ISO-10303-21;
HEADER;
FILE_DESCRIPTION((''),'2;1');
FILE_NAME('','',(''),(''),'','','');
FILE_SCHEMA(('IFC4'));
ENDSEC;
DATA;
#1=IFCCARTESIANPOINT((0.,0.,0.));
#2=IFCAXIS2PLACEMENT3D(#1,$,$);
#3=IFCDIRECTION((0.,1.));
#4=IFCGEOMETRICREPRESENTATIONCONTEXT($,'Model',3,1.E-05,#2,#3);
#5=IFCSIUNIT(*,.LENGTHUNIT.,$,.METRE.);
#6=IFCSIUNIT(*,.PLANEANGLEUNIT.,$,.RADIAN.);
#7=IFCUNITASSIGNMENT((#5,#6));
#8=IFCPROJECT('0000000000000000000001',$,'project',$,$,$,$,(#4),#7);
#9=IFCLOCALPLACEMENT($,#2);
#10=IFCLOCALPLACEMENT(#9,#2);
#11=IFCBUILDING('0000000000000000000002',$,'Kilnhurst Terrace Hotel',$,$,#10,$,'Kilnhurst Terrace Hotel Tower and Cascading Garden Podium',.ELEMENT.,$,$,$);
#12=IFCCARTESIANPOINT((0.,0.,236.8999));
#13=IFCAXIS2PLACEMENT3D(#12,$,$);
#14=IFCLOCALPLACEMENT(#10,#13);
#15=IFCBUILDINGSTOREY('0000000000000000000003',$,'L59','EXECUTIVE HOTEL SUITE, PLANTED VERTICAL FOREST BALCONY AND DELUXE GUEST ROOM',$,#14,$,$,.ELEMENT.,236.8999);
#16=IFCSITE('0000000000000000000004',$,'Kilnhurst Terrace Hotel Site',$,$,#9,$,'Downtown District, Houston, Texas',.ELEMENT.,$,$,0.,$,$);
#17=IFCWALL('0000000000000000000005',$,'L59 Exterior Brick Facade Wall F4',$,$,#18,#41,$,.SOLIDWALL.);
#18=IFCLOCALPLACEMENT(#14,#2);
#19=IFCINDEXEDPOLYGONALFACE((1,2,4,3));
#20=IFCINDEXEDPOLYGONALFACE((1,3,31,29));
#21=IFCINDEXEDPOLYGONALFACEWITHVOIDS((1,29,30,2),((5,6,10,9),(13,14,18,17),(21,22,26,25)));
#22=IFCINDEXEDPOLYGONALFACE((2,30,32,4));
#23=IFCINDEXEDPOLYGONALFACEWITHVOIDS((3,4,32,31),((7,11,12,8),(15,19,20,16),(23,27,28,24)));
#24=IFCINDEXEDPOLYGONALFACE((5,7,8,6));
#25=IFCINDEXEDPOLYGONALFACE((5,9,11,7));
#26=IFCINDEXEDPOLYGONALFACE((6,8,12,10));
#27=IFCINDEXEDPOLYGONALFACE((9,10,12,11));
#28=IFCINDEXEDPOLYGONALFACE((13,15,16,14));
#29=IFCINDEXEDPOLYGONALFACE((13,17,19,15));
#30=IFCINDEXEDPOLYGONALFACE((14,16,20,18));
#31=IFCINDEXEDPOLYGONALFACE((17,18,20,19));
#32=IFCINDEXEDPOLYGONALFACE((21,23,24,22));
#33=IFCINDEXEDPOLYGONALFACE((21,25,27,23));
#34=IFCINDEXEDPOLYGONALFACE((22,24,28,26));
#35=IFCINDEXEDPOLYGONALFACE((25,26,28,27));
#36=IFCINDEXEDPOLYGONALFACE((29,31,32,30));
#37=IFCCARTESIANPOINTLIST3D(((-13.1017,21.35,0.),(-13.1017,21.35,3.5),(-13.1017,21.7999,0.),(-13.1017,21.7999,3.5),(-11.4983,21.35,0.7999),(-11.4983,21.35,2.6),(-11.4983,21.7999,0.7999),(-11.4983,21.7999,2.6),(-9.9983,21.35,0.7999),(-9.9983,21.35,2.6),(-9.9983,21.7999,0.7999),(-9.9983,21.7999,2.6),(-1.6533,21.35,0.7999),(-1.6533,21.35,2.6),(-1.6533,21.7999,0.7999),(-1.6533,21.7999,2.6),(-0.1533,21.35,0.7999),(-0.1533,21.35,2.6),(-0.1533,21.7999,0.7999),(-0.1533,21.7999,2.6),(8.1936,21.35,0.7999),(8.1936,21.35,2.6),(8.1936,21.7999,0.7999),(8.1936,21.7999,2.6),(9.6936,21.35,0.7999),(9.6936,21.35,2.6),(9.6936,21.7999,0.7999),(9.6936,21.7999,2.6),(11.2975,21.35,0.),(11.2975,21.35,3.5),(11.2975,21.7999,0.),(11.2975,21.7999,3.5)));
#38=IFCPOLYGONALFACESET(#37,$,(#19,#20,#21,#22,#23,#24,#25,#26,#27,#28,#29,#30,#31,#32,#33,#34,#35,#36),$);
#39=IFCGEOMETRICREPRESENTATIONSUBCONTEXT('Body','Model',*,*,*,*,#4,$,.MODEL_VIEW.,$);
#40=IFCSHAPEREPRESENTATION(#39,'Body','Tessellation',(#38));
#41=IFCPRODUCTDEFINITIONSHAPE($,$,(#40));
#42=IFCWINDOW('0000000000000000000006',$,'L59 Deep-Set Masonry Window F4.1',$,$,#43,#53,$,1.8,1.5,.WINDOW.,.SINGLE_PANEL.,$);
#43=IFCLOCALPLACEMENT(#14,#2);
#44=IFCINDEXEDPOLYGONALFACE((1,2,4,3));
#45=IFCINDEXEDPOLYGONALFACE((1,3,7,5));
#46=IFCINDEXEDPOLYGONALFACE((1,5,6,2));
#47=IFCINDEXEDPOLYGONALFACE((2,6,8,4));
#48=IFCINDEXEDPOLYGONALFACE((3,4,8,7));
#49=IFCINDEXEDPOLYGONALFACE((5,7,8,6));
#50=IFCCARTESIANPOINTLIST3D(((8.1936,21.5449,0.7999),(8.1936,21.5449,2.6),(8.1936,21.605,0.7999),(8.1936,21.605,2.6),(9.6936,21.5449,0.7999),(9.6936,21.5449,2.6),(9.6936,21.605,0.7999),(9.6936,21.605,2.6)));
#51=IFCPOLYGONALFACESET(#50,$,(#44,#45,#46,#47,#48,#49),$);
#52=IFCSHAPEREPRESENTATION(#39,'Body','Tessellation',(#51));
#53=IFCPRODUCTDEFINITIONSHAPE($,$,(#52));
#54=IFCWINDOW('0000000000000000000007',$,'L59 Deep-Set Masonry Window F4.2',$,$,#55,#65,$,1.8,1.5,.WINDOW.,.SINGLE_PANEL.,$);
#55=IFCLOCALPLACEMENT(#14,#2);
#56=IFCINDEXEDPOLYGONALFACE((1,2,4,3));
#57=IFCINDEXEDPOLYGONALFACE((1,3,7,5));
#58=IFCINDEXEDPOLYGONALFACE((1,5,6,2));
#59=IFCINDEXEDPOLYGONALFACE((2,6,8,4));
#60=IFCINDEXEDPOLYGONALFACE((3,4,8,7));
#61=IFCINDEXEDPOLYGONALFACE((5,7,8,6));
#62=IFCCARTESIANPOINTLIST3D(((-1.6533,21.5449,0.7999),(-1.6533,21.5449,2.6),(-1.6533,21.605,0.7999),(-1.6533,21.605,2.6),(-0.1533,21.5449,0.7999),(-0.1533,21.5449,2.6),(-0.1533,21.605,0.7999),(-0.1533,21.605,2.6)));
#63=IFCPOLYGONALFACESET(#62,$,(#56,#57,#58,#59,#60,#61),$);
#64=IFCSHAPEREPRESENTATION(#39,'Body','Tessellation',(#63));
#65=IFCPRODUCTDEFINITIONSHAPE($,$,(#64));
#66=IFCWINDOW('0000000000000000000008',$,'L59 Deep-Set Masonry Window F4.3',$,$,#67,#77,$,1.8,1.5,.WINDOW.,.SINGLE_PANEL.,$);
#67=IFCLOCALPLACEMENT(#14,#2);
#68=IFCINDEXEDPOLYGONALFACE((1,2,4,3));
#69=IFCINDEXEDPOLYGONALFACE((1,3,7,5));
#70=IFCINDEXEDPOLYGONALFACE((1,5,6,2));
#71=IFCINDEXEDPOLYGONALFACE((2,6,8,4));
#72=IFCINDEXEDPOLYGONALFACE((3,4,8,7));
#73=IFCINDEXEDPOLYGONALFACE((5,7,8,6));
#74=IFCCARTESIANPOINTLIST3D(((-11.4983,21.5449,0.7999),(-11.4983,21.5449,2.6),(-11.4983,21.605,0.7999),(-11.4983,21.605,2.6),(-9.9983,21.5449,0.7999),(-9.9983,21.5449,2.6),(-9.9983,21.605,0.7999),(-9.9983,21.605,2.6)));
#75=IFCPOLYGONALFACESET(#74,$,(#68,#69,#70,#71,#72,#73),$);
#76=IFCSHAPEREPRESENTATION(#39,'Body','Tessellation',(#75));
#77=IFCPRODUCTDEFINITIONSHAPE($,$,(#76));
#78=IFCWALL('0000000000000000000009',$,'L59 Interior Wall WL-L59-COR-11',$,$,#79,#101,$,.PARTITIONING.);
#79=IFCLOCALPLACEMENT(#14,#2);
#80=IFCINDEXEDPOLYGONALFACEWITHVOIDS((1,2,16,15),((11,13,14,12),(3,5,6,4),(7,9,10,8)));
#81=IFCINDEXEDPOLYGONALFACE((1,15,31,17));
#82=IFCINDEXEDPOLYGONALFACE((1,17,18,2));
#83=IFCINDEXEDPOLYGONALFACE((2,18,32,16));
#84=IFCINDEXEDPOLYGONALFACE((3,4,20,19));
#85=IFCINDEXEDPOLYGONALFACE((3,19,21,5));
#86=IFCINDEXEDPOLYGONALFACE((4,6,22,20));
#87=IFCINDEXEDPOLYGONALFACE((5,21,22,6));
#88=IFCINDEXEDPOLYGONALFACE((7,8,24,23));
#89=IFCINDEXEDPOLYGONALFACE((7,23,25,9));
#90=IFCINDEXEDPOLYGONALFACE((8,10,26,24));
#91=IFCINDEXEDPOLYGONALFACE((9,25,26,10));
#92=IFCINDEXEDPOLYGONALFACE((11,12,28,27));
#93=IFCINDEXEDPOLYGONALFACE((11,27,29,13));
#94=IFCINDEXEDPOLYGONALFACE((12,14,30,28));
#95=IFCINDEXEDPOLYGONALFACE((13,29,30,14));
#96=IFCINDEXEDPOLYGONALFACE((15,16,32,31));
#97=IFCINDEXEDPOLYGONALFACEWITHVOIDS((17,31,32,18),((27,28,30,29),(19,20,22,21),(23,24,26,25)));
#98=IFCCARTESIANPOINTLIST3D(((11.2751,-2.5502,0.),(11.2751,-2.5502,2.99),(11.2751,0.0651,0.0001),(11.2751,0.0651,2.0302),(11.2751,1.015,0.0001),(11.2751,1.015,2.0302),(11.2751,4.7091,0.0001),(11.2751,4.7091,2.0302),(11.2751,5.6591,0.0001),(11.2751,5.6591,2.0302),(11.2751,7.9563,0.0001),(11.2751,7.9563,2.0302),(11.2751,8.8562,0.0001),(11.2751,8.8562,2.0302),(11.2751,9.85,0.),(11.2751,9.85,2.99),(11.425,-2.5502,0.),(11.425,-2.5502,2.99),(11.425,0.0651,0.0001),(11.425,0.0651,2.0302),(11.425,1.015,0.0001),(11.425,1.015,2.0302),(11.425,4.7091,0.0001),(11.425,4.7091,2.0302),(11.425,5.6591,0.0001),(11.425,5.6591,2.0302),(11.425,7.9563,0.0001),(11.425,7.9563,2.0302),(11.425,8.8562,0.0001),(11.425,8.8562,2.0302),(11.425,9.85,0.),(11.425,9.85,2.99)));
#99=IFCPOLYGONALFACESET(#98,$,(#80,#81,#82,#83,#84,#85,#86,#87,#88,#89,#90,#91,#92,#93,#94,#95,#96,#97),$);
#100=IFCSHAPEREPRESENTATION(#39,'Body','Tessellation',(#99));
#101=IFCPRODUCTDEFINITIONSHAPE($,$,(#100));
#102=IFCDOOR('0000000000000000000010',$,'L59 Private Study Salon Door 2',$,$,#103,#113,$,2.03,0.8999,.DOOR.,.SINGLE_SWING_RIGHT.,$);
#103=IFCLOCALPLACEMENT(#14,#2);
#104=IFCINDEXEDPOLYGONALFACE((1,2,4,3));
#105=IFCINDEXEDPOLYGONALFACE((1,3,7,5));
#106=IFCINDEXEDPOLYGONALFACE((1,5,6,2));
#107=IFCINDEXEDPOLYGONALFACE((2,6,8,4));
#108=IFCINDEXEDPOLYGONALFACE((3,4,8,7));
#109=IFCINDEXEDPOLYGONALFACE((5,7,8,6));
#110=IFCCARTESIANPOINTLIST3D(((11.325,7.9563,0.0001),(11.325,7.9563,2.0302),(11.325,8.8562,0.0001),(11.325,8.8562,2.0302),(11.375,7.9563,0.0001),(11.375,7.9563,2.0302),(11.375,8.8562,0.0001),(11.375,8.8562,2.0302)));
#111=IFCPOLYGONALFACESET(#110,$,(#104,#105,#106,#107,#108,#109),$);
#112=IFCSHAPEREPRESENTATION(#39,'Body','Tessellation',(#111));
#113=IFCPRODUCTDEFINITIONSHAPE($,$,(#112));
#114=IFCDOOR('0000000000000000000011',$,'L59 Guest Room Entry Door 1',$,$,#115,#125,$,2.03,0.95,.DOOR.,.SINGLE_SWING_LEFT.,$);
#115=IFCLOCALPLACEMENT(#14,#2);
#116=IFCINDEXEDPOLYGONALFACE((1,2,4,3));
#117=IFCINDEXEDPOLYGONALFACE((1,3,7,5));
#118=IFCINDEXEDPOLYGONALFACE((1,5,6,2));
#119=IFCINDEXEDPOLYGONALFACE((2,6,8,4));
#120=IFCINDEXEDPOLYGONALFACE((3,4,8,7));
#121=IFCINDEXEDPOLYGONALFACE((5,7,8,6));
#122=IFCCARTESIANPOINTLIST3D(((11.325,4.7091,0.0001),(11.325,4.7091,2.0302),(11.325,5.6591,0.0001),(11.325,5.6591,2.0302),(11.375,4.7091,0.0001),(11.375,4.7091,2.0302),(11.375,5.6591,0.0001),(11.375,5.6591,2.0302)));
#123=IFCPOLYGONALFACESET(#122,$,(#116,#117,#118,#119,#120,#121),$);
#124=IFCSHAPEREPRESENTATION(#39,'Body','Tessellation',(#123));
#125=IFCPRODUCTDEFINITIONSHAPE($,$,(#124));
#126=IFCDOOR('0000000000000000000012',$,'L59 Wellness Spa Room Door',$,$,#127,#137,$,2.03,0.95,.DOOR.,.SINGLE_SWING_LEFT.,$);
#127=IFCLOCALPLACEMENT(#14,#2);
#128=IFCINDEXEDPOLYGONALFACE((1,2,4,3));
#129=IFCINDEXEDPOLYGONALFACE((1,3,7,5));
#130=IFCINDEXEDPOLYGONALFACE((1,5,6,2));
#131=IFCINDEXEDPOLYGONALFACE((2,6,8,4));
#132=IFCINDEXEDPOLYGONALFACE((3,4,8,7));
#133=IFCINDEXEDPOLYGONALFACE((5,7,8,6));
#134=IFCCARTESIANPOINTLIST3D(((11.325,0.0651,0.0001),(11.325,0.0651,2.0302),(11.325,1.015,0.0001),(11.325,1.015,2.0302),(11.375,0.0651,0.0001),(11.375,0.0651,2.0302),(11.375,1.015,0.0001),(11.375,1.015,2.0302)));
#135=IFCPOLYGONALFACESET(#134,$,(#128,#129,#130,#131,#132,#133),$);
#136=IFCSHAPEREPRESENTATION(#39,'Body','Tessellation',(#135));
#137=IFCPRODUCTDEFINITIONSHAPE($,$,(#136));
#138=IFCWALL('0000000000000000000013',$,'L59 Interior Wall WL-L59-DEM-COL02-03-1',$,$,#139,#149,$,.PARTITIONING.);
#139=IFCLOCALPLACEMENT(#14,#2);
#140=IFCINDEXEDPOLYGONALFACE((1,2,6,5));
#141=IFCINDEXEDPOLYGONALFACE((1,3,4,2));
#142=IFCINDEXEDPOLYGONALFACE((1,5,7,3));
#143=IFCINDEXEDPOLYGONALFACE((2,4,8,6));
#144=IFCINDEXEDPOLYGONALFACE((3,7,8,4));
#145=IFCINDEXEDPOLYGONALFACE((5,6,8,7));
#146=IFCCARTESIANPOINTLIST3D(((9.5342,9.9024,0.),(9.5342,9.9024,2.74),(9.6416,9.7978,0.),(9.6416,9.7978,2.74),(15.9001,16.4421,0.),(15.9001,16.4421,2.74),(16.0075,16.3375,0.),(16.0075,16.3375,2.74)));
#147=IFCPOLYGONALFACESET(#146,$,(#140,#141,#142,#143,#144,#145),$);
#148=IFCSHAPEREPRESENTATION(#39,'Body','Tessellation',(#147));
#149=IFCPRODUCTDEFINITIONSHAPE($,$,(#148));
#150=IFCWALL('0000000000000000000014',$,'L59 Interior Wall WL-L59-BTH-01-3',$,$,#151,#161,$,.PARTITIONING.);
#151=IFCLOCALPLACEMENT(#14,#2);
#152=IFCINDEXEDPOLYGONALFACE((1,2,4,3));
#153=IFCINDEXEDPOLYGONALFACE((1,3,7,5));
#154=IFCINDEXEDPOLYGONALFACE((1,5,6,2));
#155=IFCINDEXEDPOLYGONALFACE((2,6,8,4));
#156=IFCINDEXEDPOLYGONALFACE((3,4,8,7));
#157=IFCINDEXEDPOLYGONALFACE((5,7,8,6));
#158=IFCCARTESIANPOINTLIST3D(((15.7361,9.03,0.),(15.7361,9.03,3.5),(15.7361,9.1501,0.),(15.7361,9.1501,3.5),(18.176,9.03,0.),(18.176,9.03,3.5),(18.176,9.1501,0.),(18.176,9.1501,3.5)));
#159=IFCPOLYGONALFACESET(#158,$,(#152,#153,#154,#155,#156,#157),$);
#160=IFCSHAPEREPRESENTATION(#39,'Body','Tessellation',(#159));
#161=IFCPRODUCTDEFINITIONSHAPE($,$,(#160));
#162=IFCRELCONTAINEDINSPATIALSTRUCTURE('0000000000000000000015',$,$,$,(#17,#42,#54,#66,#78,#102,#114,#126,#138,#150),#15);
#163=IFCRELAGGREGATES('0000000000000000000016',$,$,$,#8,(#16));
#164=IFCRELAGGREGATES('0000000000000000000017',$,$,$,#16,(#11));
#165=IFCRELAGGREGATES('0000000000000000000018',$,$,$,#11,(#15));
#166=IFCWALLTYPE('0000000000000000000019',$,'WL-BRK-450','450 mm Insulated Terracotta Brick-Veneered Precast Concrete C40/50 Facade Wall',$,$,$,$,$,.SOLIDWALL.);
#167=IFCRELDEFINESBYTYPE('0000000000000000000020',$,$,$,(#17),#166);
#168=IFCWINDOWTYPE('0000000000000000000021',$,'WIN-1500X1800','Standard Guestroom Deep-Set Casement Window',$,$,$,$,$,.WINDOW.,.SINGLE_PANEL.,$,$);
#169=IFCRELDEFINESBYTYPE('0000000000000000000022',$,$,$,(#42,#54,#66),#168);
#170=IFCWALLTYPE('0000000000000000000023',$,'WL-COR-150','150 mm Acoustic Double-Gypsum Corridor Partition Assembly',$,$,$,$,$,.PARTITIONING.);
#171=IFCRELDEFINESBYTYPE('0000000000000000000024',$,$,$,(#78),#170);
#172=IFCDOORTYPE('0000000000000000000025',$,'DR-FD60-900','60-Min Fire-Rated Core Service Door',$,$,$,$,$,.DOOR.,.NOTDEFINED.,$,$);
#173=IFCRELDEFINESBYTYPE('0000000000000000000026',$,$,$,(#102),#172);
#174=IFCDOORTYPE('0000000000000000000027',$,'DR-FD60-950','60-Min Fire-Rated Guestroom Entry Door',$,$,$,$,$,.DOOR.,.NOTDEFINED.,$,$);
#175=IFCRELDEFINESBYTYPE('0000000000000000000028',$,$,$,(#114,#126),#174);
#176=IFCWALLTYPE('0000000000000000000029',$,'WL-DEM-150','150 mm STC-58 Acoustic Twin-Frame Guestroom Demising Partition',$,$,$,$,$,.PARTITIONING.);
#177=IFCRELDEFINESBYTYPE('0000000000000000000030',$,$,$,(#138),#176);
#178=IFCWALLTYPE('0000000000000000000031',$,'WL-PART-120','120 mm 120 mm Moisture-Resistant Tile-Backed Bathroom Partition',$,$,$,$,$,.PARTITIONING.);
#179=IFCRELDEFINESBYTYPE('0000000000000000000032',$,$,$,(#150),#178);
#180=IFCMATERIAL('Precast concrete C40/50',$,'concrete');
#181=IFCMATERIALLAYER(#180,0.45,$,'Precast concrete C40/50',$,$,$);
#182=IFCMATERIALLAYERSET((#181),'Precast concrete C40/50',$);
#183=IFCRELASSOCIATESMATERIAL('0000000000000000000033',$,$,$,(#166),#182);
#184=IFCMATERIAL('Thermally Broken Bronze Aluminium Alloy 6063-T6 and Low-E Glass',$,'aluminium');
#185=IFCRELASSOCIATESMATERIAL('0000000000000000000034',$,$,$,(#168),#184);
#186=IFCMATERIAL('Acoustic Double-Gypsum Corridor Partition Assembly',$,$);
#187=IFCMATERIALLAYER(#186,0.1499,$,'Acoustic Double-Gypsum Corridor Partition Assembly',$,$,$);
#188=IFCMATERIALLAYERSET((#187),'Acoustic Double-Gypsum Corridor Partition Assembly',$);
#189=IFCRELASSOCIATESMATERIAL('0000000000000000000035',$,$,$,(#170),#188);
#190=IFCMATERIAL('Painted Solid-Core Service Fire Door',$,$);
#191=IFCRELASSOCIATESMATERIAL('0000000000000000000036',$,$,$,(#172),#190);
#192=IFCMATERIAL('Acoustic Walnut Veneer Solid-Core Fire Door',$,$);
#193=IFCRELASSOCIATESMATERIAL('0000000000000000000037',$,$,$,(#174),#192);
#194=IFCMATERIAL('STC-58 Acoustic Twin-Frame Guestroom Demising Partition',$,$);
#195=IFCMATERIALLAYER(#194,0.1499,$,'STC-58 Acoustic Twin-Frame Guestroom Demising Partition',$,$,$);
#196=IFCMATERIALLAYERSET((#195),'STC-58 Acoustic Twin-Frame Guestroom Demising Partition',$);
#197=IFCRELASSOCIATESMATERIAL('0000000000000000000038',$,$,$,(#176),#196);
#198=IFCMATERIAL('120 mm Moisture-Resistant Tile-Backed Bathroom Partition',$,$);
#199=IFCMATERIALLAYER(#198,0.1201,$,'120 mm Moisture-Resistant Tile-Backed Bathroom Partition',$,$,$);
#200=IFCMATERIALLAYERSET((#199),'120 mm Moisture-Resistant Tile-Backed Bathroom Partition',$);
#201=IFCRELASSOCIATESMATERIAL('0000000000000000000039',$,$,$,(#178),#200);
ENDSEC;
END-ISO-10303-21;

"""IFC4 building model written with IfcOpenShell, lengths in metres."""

from ifc_helpers import new_model, si_unit, direction, frame, frame_2d, origin, place, context, subcontext, project, spatial, rectangle, extrude, material, layer, layer_set, type_object, element, fill, save


model = new_model("IFC4")

# Units and contexts
model_context = context("Model", 3, precision=1e-05, world=origin(), true_north=direction((0.0, 1.0)))
body_context = subcontext(model_context, "Body", "Model", "MODEL_VIEW")
ifc_project = project(units=[si_unit("LENGTHUNIT", "METRE"), si_unit("PLANEANGLEUNIT", "RADIAN")], contexts=[model_context])

# Site, building, storey
site_placement = place(None, origin())
site = spatial("IfcSite", under=ifc_project, at=site_placement, Name="Kilnhurst Terrace Hotel Site", LongName="Downtown District, Houston, Texas", CompositionType="ELEMENT", RefElevation=0.0)
building_placement = place(site_placement, origin())
building = spatial("IfcBuilding", under=site, at=building_placement, Name="Kilnhurst Terrace Hotel", LongName="Kilnhurst Terrace Hotel Tower and Cascading Garden Podium", CompositionType="ELEMENT")
storey_placement = place(building_placement, frame((0.0, 0.0, 236.8999)))
storey = spatial("IfcBuildingStorey", under=building, at=storey_placement, Name="L59", Description="EXECUTIVE HOTEL SUITE, PLANTED VERTICAL FOREST BALCONY AND DELUXE GUEST ROOM", CompositionType="ELEMENT", Elevation=236.8999)

# Shared definitions
ifc_material_1 = material(Name="Precast concrete C40/50", Category="concrete")
ifc_layer_1 = layer(ifc_material_1, 0.45, Name="Precast concrete C40/50")
ifc_layer_set_1 = layer_set([ifc_layer_1], Name="Precast concrete C40/50")
wall_type_1 = type_object("IfcWallType", Name="WL-BRK-450", Description="450 mm Insulated Terracotta Brick-Veneered Precast Concrete C40/50 Facade Wall", PredefinedType="SOLIDWALL", material=ifc_layer_set_1)

# Wall, openings, windows
wall_1_placement = place(storey_placement, frame((11.2976, 21.575, 0.0), z_axis=(0.0, 0.0, 1.0), x_axis=(-1.0, 0.0, 0.0)))
wall_1 = element("IfcWall", 1, at=wall_1_placement, inside=storey, type_object=wall_type_1, Name="L59 Exterior Brick Facade Wall F4", PredefinedType="SOLIDWALL", context=body_context, shape_type="SweptSolid", body=[
    extrude(rectangle(XDim=24.3992, YDim=0.45, at=frame_2d((12.1997, 0.0))), origin(), (0.0, 0.0, 1.0), 3.5),
])
opening_1_placement = place(wall_1_placement, frame((1.604, 0.0, 0.8)))
opening_1 = element("IfcOpeningElement", 2, at=opening_1_placement, cuts=wall_1, PredefinedType="OPENING", context=body_context, shape_type="SweptSolid", body=[
    extrude(rectangle(XDim=1.5, YDim=1.8, at=frame_2d((0.75, 0.8999))), frame((0.0, 0.2349, 0.0), z_axis=(0.0, -1.0, 0.0), x_axis=(1.0, 0.0, 0.0)), (0.0, 0.0, 1.0), 0.47),
])
opening_2_placement = place(wall_1_placement, frame((11.4509, 0.0, 0.8)))
opening_2 = element("IfcOpeningElement", 3, at=opening_2_placement, cuts=wall_1, PredefinedType="OPENING", context=body_context, shape_type="SweptSolid", body=[
    extrude(rectangle(XDim=1.5, YDim=1.8, at=frame_2d((0.75, 0.8999))), frame((0.0, 0.2349, 0.0), z_axis=(0.0, -1.0, 0.0), x_axis=(1.0, 0.0, 0.0)), (0.0, 0.0, 1.0), 0.47),
])
opening_3_placement = place(wall_1_placement, frame((21.2959, 0.0, 0.8)))
opening_3 = element("IfcOpeningElement", 4, at=opening_3_placement, cuts=wall_1, PredefinedType="OPENING", context=body_context, shape_type="SweptSolid", body=[
    extrude(rectangle(XDim=1.5, YDim=1.8, at=frame_2d((0.75, 0.8999))), frame((0.0, 0.2349, 0.0), z_axis=(0.0, -1.0, 0.0), x_axis=(1.0, 0.0, 0.0)), (0.0, 0.0, 1.0), 0.47),
])
ifc_material_2 = material(Name="Thermally Broken Bronze Aluminium Alloy 6063-T6 and Low-E Glass", Category="aluminium")
window_type = type_object("IfcWindowType", Name="WIN-1500X1800", Description="Standard Guestroom Deep-Set Casement Window", PartitioningType="SINGLE_PANEL", PredefinedType="WINDOW", material=ifc_material_2)
window_1_placement = place(opening_1_placement, origin())
window_1 = element("IfcWindow", 5, at=window_1_placement, inside=storey, type_object=window_type, Name="L59 Deep-Set Masonry Window F4.1", OverallHeight=1.8, OverallWidth=1.5, PartitioningType="SINGLE_PANEL", PredefinedType="WINDOW", context=body_context, shape_type="SweptSolid", body=[
    extrude(rectangle(XDim=1.5, YDim=1.8, at=frame_2d((0.75, 0.8999))), frame((0.0, 0.03, 0.0), z_axis=(0.0, -1.0, 0.0), x_axis=(1.0, 0.0, 0.0)), (0.0, 0.0, 1.0), 0.0601),
])
fill(opening_1, window_1)
window_2_placement = place(opening_2_placement, origin())
window_2 = element("IfcWindow", 6, at=window_2_placement, inside=storey, type_object=window_type, Name="L59 Deep-Set Masonry Window F4.2", OverallHeight=1.8, OverallWidth=1.5, PartitioningType="SINGLE_PANEL", PredefinedType="WINDOW", context=body_context, shape_type="SweptSolid", body=[
    extrude(rectangle(XDim=1.5, YDim=1.8, at=frame_2d((0.75, 0.8999))), frame((0.0, 0.03, 0.0), z_axis=(0.0, -1.0, 0.0), x_axis=(1.0, 0.0, 0.0)), (0.0, 0.0, 1.0), 0.0601),
])
fill(opening_2, window_2)
window_3_placement = place(opening_3_placement, origin())
window_3 = element("IfcWindow", 7, at=window_3_placement, inside=storey, type_object=window_type, Name="L59 Deep-Set Masonry Window F4.3", OverallHeight=1.8, OverallWidth=1.5, PartitioningType="SINGLE_PANEL", PredefinedType="WINDOW", context=body_context, shape_type="SweptSolid", body=[
    extrude(rectangle(XDim=1.5, YDim=1.8, at=frame_2d((0.75, 0.8999))), frame((0.0, 0.03, 0.0), z_axis=(0.0, -1.0, 0.0), x_axis=(1.0, 0.0, 0.0)), (0.0, 0.0, 1.0), 0.0601),
])
fill(opening_3, window_3)

# Wall, openings, doors
ifc_material_3 = material(Name="Acoustic Double-Gypsum Corridor Partition Assembly")
ifc_layer_2 = layer(ifc_material_3, 0.1499, Name="Acoustic Double-Gypsum Corridor Partition Assembly")
ifc_layer_set_2 = layer_set([ifc_layer_2], Name="Acoustic Double-Gypsum Corridor Partition Assembly")
wall_type_2 = type_object("IfcWallType", Name="WL-COR-150", Description="150 mm Acoustic Double-Gypsum Corridor Partition Assembly", PredefinedType="PARTITIONING", material=ifc_layer_set_2)
wall_2_placement = place(storey_placement, frame((11.3501, 9.8501, 0.0), z_axis=(0.0, 0.0, 1.0), x_axis=(0.0, -1.0, 0.0)))
wall_2 = element("IfcWall", 8, at=wall_2_placement, inside=storey, type_object=wall_type_2, Name="L59 Interior Wall WL-L59-COR-11", PredefinedType="PARTITIONING", context=body_context, shape_type="SweptSolid", body=[
    extrude(rectangle(XDim=12.4001, YDim=0.1499, at=frame_2d((6.2002, 0.0))), origin(), (0.0, 0.0, 1.0), 2.99),
])
opening_4_placement = place(wall_2_placement, frame((4.1909, 0.0, 0.0)))
opening_4 = element("IfcOpeningElement", 9, at=opening_4_placement, cuts=wall_2, PredefinedType="OPENING", context=body_context, shape_type="SweptSolid", body=[
    extrude(rectangle(XDim=0.95, YDim=2.03, at=frame_2d((0.4751, 1.0151))), frame((0.0, 0.085, 0.0), z_axis=(0.0, -1.0, 0.0), x_axis=(1.0, 0.0, 0.0)), (0.0, 0.0, 1.0), 0.1699),
])
opening_5_placement = place(wall_2_placement, frame((0.9939, 0.0, 0.0)))
opening_5 = element("IfcOpeningElement", 10, at=opening_5_placement, cuts=wall_2, PredefinedType="OPENING", context=body_context, shape_type="SweptSolid", body=[
    extrude(rectangle(XDim=0.8999, YDim=2.03, at=frame_2d((0.45, 1.0151))), frame((0.0, 0.085, 0.0), z_axis=(0.0, -1.0, 0.0), x_axis=(1.0, 0.0, 0.0)), (0.0, 0.0, 1.0), 0.1699),
])
opening_6_placement = place(wall_2_placement, frame((8.835, 0.0, 0.0)))
opening_6 = element("IfcOpeningElement", 11, at=opening_6_placement, cuts=wall_2, PredefinedType="OPENING", context=body_context, shape_type="SweptSolid", body=[
    extrude(rectangle(XDim=0.95, YDim=2.03, at=frame_2d((0.4751, 1.0151))), frame((0.0, 0.085, 0.0), z_axis=(0.0, -1.0, 0.0), x_axis=(1.0, 0.0, 0.0)), (0.0, 0.0, 1.0), 0.1699),
])
ifc_material_4 = material(Name="Painted Solid-Core Service Fire Door")
door_type_1 = type_object("IfcDoorType", Name="DR-FD60-900", Description="60-Min Fire-Rated Core Service Door", OperationType="NOTDEFINED", PredefinedType="DOOR", material=ifc_material_4)
door_1_placement = place(opening_5_placement, origin())
door_1 = element("IfcDoor", 12, at=door_1_placement, inside=storey, type_object=door_type_1, Name="L59 Private Study Salon Door 2", OperationType="SINGLE_SWING_RIGHT", OverallHeight=2.03, OverallWidth=0.8999, PredefinedType="DOOR", context=body_context, shape_type="SweptSolid", body=[
    extrude(rectangle(XDim=0.8999, YDim=2.03, at=frame_2d((0.45, 1.0151))), frame((0.0, 0.0249, 0.0), z_axis=(0.0, -1.0, 0.0), x_axis=(1.0, 0.0, 0.0)), (0.0, 0.0, 1.0), 0.05),
])
fill(opening_5, door_1)
ifc_material_5 = material(Name="Acoustic Walnut Veneer Solid-Core Fire Door")
door_type_2 = type_object("IfcDoorType", Name="DR-FD60-950", Description="60-Min Fire-Rated Guestroom Entry Door", OperationType="NOTDEFINED", PredefinedType="DOOR", material=ifc_material_5)
door_2_placement = place(opening_4_placement, origin())
door_2 = element("IfcDoor", 13, at=door_2_placement, inside=storey, type_object=door_type_2, Name="L59 Guest Room Entry Door 1", OperationType="SINGLE_SWING_LEFT", OverallHeight=2.03, OverallWidth=0.95, PredefinedType="DOOR", context=body_context, shape_type="SweptSolid", body=[
    extrude(rectangle(XDim=0.95, YDim=2.03, at=frame_2d((0.4751, 1.0151))), frame((0.0, 0.0249, 0.0), z_axis=(0.0, -1.0, 0.0), x_axis=(1.0, 0.0, 0.0)), (0.0, 0.0, 1.0), 0.05),
])
fill(opening_4, door_2)
door_3_placement = place(opening_6_placement, origin())
door_3 = element("IfcDoor", 14, at=door_3_placement, inside=storey, type_object=door_type_2, Name="L59 Wellness Spa Room Door", OperationType="SINGLE_SWING_LEFT", OverallHeight=2.03, OverallWidth=0.95, PredefinedType="DOOR", context=body_context, shape_type="SweptSolid", body=[
    extrude(rectangle(XDim=0.95, YDim=2.03, at=frame_2d((0.4751, 1.0151))), frame((0.0, 0.0249, 0.0), z_axis=(0.0, -1.0, 0.0), x_axis=(1.0, 0.0, 0.0)), (0.0, 0.0, 1.0), 0.05),
])
fill(opening_6, door_3)

# Walls
ifc_material_6 = material(Name="STC-58 Acoustic Twin-Frame Guestroom Demising Partition")
ifc_layer_3 = layer(ifc_material_6, 0.1499, Name="STC-58 Acoustic Twin-Frame Guestroom Demising Partition")
ifc_layer_set_3 = layer_set([ifc_layer_3], Name="STC-58 Acoustic Twin-Frame Guestroom Demising Partition")
wall_type_3 = type_object("IfcWallType", Name="WL-DEM-150", Description="150 mm STC-58 Acoustic Twin-Frame Guestroom Demising Partition", PredefinedType="PARTITIONING", material=ifc_layer_set_3)
wall_3_placement = place(storey_placement, frame((9.5879, 9.8501, 0.0), z_axis=(0.0, 0.0, 1.0), x_axis=(0.697519, 0.716566, 0.0)))
element("IfcWall", 15, at=wall_3_placement, inside=storey, type_object=wall_type_3, Name="L59 Interior Wall WL-L59-DEM-COL02-03-1", PredefinedType="PARTITIONING", context=body_context, shape_type="SweptSolid", body=[
    extrude(rectangle(XDim=9.1265, YDim=0.1499, at=frame_2d((4.5632, 0.0))), origin(), (0.0, 0.0, 1.0), 2.74),
])
ifc_material_7 = material(Name="120 mm Moisture-Resistant Tile-Backed Bathroom Partition")
ifc_layer_4 = layer(ifc_material_7, 0.1201, Name="120 mm Moisture-Resistant Tile-Backed Bathroom Partition")
ifc_layer_set_4 = layer_set([ifc_layer_4], Name="120 mm Moisture-Resistant Tile-Backed Bathroom Partition")
wall_type_4 = type_object("IfcWallType", Name="WL-PART-120", Description="120 mm 120 mm Moisture-Resistant Tile-Backed Bathroom Partition", PredefinedType="PARTITIONING", material=ifc_layer_set_4)
wall_4_placement = place(storey_placement, frame((18.176, 9.0901, 0.0), z_axis=(0.0, 0.0, 1.0), x_axis=(-1.0, 0.0, 0.0)))
element("IfcWall", 16, at=wall_4_placement, inside=storey, type_object=wall_type_4, Name="L59 Interior Wall WL-L59-BTH-01-3", PredefinedType="PARTITIONING", context=body_context, shape_type="SweptSolid", body=[
    extrude(rectangle(XDim=2.4399, YDim=0.1201, at=frame_2d((1.22, 0.0))), origin(), (0.0, 0.0, 1.0), 3.5),
])

save(model, "model.ifc")
